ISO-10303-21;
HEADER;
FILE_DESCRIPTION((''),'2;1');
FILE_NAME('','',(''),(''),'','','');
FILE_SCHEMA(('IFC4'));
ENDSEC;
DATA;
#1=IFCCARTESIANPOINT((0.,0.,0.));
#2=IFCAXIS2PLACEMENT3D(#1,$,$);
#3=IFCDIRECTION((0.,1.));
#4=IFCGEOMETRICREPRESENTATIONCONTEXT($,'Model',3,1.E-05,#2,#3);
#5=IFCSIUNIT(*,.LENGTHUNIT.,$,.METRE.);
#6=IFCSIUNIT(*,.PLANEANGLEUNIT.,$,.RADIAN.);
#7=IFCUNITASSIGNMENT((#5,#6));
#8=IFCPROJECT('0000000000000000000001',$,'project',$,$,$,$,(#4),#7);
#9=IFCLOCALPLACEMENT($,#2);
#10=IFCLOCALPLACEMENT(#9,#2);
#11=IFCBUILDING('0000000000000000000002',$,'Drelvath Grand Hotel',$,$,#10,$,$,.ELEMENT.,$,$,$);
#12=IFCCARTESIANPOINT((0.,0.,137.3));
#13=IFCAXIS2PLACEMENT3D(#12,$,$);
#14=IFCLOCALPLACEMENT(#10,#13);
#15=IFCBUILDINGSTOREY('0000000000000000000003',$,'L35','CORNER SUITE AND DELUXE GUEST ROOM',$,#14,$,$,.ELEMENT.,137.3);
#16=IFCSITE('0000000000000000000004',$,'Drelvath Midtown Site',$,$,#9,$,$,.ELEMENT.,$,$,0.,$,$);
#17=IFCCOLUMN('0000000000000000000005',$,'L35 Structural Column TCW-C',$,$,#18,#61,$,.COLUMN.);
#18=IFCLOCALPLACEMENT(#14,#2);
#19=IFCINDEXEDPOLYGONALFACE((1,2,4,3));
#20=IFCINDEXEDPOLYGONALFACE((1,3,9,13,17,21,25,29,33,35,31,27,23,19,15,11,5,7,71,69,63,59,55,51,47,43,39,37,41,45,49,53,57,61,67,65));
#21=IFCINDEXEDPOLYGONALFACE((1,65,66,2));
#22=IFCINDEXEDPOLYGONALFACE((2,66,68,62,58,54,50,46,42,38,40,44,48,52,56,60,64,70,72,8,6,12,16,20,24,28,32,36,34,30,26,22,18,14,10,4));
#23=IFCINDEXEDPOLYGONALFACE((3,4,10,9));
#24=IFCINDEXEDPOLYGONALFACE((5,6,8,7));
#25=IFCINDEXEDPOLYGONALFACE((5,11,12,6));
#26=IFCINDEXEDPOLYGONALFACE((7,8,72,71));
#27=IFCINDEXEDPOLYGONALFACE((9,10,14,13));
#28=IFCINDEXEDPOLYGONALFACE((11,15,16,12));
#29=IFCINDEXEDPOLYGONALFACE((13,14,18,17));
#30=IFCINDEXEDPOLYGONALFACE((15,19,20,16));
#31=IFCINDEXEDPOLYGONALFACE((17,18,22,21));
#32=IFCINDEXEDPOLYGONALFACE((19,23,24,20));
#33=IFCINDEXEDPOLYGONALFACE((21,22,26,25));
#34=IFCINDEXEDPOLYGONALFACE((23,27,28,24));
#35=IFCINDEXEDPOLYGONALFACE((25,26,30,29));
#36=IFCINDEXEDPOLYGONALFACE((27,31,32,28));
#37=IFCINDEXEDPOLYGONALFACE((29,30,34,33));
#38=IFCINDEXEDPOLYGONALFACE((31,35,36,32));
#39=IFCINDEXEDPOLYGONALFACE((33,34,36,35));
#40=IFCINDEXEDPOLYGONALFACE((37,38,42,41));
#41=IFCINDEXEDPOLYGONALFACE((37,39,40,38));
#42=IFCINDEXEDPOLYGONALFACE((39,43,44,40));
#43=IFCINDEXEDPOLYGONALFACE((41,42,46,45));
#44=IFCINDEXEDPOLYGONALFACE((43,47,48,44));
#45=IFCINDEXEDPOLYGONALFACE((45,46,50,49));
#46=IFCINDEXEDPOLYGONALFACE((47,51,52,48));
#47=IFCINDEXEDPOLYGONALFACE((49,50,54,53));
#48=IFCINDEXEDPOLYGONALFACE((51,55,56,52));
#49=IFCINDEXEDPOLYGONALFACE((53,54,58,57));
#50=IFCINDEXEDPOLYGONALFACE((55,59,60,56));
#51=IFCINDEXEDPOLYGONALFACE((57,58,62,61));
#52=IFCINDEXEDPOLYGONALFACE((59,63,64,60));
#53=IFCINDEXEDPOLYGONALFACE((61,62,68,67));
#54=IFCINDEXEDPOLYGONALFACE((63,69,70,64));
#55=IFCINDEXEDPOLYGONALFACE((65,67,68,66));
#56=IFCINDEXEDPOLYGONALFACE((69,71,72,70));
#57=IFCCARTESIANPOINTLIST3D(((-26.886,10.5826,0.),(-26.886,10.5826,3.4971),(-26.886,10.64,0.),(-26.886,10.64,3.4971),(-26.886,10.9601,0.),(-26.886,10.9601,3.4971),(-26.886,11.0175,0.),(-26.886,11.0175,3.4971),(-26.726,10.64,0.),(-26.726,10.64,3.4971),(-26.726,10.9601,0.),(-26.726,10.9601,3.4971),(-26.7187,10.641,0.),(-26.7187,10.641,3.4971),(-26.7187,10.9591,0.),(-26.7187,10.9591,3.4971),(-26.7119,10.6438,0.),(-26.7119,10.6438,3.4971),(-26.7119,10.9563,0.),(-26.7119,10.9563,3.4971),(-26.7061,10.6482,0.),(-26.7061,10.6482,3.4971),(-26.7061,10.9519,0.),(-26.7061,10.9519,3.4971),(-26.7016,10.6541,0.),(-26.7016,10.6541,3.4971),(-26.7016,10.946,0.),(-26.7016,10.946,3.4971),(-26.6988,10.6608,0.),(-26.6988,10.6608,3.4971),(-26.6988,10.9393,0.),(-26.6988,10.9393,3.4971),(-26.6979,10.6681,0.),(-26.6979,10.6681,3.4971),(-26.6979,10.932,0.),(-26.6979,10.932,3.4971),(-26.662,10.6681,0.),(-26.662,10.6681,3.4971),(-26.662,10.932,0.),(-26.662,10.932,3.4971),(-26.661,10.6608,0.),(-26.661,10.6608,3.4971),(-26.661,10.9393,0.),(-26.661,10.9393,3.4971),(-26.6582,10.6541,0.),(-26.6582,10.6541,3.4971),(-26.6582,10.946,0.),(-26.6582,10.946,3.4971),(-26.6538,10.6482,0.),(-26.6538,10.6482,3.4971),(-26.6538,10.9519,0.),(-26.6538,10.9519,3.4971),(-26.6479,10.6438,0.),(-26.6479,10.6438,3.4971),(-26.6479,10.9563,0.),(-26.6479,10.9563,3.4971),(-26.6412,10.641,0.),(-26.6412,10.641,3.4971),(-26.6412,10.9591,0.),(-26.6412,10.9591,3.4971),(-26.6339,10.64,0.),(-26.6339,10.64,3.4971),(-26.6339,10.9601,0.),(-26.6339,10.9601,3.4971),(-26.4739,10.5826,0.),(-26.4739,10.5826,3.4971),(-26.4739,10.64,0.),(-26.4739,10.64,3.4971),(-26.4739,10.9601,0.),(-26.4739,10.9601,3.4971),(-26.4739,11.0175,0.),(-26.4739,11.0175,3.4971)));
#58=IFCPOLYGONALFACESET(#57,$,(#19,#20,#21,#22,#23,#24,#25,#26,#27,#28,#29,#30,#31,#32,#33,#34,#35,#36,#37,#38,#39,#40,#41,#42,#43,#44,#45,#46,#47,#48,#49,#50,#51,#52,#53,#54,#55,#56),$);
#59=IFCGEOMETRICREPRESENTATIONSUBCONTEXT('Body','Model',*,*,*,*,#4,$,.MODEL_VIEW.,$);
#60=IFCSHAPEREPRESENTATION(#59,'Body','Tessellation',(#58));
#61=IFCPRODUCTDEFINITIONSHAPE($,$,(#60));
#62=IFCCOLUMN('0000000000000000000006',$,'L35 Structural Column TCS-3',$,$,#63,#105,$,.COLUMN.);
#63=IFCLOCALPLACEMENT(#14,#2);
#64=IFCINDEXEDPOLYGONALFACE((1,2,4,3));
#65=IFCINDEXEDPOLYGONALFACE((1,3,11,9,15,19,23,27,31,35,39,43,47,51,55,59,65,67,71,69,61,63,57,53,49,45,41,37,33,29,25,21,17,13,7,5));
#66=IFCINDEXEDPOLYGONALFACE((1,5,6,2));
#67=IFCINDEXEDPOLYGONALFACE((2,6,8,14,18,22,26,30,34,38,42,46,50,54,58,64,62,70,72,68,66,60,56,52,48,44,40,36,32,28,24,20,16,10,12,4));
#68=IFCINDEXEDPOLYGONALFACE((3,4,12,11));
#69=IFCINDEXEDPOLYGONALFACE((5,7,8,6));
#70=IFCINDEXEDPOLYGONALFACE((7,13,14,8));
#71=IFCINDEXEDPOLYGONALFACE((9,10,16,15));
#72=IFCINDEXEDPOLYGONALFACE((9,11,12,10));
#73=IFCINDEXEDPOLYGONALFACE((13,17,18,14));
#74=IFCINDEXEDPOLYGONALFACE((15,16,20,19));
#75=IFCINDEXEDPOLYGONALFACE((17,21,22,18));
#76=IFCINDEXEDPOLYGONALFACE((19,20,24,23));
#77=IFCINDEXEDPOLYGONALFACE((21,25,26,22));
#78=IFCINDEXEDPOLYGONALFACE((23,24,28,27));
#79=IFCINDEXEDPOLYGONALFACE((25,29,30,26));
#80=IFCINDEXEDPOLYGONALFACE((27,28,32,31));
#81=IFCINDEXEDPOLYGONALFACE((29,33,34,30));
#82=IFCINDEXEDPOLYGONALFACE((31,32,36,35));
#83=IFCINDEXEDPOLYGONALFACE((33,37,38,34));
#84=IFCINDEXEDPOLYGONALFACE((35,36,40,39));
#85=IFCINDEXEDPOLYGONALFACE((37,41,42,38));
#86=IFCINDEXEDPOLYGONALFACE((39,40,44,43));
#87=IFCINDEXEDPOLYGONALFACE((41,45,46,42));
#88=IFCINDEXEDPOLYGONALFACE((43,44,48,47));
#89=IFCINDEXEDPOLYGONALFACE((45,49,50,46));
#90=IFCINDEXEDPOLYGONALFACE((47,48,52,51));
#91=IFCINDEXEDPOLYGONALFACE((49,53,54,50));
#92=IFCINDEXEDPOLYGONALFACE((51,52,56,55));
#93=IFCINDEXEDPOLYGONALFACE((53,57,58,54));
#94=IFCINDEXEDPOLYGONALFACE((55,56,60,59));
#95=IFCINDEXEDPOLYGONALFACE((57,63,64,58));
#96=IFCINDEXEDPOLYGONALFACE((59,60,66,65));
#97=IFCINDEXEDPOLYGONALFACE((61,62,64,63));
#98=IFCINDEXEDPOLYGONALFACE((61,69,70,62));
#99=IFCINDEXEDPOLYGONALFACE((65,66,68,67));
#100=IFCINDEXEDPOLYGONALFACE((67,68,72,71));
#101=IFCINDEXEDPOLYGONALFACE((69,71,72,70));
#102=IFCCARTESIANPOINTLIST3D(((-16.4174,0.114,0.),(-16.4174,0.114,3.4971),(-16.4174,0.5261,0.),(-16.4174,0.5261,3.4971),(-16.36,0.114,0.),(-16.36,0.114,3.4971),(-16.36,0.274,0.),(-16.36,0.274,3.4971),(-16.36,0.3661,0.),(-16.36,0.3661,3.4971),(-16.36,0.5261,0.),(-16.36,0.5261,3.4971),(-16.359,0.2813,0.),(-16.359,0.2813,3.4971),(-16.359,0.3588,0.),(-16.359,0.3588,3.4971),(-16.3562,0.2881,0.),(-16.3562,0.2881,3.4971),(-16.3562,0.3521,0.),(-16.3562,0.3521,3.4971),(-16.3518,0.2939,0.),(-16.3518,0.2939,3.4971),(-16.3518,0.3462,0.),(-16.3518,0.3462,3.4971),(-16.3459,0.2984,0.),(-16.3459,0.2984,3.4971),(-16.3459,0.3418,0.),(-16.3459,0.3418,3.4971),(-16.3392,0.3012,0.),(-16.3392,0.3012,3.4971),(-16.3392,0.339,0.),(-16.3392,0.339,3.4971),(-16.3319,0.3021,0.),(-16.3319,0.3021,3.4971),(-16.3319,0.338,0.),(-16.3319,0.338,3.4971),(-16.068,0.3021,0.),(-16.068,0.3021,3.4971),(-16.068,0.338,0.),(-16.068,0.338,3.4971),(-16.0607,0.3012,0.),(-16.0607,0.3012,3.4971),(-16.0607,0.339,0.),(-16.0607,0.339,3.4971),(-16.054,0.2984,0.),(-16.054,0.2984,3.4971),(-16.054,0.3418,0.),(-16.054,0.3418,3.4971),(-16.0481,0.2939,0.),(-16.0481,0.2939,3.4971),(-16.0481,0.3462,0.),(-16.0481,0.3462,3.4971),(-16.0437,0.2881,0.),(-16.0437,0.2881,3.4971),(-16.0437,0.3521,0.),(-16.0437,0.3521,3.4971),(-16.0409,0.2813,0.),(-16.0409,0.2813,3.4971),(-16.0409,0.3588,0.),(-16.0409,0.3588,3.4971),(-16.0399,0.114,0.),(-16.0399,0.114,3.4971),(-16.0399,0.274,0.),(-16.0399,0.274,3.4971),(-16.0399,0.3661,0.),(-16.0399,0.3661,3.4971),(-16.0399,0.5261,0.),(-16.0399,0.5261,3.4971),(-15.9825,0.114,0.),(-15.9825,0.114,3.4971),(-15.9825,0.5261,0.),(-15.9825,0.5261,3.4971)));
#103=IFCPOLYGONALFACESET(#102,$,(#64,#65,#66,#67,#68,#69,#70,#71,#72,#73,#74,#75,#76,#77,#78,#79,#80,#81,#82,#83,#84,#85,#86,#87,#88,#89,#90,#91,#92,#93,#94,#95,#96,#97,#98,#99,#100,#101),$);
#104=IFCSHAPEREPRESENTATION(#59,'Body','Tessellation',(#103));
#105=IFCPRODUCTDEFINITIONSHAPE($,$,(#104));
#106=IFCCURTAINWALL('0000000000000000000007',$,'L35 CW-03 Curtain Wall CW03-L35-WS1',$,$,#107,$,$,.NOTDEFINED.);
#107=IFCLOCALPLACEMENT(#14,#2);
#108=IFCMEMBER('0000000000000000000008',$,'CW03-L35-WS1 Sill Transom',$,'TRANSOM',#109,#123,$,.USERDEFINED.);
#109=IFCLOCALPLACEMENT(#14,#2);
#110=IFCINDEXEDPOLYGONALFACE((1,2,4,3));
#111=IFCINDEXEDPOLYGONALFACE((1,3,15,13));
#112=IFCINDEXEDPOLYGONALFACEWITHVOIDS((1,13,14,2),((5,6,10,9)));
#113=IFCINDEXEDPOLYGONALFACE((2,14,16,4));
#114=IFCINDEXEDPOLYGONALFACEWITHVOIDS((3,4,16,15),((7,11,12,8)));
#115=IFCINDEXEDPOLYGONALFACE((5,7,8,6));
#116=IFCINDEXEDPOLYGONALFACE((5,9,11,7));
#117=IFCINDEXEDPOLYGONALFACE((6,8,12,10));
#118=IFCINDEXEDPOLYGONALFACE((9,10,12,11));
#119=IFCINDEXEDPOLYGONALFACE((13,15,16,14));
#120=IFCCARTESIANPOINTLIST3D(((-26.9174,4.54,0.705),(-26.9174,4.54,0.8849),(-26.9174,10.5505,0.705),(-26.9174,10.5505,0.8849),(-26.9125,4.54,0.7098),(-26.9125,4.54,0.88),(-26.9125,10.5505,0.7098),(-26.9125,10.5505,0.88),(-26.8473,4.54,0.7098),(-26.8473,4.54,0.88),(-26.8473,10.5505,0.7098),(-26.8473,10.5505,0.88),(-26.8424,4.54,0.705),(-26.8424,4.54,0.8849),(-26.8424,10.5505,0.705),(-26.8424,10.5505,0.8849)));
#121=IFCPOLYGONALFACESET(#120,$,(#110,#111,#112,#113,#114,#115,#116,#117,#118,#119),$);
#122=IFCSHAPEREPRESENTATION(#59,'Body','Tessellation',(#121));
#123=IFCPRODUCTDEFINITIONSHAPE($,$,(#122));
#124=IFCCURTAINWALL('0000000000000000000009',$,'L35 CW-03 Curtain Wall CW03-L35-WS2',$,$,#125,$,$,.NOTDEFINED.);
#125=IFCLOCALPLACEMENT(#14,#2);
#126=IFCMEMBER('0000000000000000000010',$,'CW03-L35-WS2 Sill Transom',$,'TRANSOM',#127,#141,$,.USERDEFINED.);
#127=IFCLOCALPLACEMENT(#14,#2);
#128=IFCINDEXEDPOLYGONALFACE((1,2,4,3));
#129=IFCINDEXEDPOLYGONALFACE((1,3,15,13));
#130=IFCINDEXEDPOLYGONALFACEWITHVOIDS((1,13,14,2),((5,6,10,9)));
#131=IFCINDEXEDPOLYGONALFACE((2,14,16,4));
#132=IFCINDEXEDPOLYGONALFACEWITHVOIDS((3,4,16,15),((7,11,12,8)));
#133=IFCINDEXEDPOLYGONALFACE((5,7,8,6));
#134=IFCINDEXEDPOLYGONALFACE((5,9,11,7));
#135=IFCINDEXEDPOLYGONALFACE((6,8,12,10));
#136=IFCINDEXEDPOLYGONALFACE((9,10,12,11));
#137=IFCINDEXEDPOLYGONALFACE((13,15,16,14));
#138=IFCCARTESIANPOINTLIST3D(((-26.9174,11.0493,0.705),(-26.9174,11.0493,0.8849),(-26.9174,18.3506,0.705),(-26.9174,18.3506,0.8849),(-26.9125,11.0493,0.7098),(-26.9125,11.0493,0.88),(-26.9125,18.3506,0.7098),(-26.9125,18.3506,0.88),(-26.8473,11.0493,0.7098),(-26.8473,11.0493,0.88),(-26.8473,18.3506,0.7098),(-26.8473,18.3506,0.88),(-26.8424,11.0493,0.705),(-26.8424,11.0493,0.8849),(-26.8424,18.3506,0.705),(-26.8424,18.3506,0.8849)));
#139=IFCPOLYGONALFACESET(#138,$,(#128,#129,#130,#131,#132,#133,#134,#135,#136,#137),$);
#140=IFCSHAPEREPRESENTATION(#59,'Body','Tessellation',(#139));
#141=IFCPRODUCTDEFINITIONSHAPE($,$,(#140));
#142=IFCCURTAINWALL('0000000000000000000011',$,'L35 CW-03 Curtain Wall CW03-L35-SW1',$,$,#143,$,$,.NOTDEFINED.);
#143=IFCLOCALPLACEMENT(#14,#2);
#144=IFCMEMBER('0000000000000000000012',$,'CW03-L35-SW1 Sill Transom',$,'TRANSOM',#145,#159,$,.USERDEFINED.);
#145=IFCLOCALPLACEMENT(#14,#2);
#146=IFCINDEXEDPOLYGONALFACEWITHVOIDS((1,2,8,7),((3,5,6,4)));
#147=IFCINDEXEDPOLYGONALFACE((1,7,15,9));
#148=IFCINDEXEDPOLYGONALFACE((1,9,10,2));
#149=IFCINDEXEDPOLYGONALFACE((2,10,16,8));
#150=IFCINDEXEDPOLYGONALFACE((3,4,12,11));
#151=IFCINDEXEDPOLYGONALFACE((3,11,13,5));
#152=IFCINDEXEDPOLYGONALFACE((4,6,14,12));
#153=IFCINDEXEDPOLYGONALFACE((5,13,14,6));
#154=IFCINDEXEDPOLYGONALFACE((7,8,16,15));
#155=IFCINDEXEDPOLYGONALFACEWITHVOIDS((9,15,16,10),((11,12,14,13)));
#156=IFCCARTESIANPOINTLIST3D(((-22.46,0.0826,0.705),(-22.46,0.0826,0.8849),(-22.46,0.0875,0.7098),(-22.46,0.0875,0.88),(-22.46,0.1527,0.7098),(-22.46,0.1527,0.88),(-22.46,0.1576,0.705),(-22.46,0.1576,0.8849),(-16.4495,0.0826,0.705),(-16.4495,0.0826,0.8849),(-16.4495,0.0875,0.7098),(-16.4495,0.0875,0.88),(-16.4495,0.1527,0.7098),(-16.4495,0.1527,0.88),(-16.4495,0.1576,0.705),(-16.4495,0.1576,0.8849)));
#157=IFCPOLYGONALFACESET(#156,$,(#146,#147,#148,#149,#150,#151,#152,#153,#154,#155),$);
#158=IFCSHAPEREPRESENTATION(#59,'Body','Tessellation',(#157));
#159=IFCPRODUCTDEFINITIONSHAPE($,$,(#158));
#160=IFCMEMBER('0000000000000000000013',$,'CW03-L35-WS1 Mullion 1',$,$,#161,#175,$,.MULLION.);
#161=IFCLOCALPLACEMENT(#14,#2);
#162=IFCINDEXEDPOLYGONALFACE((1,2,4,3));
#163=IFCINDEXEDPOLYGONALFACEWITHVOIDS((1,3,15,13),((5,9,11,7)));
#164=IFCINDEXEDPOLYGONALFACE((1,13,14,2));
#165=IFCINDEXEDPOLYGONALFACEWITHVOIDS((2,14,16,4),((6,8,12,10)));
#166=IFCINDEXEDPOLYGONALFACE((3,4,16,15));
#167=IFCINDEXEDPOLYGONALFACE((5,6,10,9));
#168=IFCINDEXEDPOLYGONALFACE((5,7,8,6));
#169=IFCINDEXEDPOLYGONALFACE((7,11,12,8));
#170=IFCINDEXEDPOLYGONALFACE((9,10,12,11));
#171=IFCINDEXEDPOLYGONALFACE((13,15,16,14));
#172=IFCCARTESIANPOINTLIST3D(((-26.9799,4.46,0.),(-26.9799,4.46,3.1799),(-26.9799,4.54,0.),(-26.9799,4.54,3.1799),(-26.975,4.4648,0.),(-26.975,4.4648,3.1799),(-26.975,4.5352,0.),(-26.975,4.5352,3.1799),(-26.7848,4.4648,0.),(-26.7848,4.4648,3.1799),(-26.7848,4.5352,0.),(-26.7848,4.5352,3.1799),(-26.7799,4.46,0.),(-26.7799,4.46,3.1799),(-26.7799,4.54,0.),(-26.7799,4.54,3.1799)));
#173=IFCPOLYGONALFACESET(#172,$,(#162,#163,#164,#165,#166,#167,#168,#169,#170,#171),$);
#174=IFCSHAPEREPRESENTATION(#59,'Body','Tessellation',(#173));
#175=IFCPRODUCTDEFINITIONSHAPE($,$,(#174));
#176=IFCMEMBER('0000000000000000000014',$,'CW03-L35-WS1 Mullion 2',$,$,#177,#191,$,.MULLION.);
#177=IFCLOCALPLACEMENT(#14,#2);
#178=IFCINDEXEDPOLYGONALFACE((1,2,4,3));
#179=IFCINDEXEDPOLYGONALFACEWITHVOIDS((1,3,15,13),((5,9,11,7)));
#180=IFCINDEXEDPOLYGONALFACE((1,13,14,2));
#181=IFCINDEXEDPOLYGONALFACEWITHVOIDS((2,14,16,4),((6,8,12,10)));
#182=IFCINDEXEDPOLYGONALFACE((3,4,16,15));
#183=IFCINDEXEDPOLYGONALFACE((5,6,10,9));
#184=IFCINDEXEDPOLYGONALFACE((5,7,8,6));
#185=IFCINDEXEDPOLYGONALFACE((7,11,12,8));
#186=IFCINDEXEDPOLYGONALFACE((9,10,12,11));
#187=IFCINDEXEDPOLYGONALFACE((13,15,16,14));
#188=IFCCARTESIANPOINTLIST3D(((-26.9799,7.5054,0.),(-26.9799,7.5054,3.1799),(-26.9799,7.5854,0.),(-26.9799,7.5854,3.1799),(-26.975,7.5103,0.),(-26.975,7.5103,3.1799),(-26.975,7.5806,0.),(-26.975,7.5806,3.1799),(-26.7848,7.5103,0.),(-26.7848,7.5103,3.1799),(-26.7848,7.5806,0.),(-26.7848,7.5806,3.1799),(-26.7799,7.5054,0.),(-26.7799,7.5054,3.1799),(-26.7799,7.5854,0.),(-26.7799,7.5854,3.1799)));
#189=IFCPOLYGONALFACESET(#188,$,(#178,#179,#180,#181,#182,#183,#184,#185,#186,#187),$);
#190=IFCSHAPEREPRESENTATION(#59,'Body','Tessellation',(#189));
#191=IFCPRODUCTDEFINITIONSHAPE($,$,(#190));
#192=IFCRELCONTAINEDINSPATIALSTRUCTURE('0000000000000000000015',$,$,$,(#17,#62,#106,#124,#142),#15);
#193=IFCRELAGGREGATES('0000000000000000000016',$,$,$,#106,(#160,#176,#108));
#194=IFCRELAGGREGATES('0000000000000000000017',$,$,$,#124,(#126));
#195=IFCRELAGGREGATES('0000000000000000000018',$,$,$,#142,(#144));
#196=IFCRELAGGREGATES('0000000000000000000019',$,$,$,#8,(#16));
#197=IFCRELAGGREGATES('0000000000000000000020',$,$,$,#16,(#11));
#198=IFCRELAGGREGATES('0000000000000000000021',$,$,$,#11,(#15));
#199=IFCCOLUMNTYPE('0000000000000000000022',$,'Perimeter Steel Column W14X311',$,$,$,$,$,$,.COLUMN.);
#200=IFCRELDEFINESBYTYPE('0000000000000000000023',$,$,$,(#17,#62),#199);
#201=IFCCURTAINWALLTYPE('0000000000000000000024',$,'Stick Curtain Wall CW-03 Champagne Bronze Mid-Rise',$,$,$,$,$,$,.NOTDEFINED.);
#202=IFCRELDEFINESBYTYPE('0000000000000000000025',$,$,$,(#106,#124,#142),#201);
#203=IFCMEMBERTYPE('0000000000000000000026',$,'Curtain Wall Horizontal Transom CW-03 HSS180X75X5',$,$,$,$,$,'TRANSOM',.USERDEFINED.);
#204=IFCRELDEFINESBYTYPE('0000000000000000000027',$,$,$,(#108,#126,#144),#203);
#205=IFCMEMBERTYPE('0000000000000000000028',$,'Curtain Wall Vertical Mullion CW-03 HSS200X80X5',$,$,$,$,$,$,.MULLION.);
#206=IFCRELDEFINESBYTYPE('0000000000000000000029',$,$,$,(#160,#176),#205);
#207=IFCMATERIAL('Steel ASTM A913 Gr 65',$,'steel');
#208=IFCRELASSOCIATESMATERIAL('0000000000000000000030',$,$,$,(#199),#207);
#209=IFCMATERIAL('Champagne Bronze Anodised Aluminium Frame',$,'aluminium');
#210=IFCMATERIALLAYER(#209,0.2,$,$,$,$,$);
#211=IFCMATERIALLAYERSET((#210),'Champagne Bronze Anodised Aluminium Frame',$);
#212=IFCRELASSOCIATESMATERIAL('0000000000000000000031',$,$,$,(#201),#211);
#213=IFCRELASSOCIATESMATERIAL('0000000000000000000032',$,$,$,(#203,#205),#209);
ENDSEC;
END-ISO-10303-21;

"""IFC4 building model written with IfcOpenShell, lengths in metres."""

from ifc_helpers import new_model, si_unit, direction, frame, origin, origin_2d, place, context, subcontext, project, spatial, hollow_rectangle, i_section, extrude, material, layer, layer_set, material_profile, profile_set, type_object, element, aggregate, save


model = new_model("IFC4")

# Units and contexts
model_context = context("Model", 3, precision=1e-05, world=origin(), true_north=direction((0.0, 1.0)))
body_context = subcontext(model_context, "Body", "Model", "MODEL_VIEW")
ifc_project = project(units=[si_unit("LENGTHUNIT", "METRE"), si_unit("PLANEANGLEUNIT", "RADIAN")], contexts=[model_context])

# Site, building, storey
site_placement = place(None, origin())
site = spatial("IfcSite", under=ifc_project, at=site_placement, Name="Drelvath Midtown Site", CompositionType="ELEMENT", RefElevation=0.0)
building_placement = place(site_placement, origin())
building = spatial("IfcBuilding", under=site, at=building_placement, Name="Drelvath Grand Hotel", CompositionType="ELEMENT")
storey_placement = place(building_placement, frame((0.0, 0.0, 137.3)))
storey = spatial("IfcBuildingStorey", under=building, at=storey_placement, Name="L35", Description="CORNER SUITE AND DELUXE GUEST ROOM", CompositionType="ELEMENT", Elevation=137.3)

# Columns
ifc_material_1 = material(Name="Steel ASTM A913 Gr 65", Category="steel")
ifc_material_profile_1 = material_profile(ifc_material_1, i_section(OverallWidth=0.4121, OverallDepth=0.4348, WebThickness=0.0359, FlangeThickness=0.0574, FilletRadius=0.0281, at=origin_2d()), Name="W14X311")
ifc_profile_set_1 = profile_set([ifc_material_profile_1], Name="Steel ASTM A913 Gr 65")
column_type = type_object("IfcColumnType", Name="Perimeter Steel Column W14X311", PredefinedType="COLUMN", material=ifc_profile_set_1)
for number, where, z_axis, x_axis, name in (
    (1, (-26.6799, 10.8, 0.0), (0.0, 0.0, 1.0), (1.0, 0.0, 0.0), "L35 Structural Column TCW-C"),
    (2, (-16.2, 0.3201, 0.0), (0.0, 0.0, 1.0), (0.0, 1.0, 0.0), "L35 Structural Column TCS-3"),
):
    element("IfcColumn", number, at=place(storey_placement, frame(where, z_axis=z_axis, x_axis=x_axis)), inside=storey, type_object=column_type, Name=name, PredefinedType="COLUMN", context=body_context, shape_type="SweptSolid", body=[
        extrude(i_section(OverallWidth=0.4121, OverallDepth=0.4348, WebThickness=0.0359, FlangeThickness=0.0574, FilletRadius=0.0281, at=origin_2d()), origin(), (0.0, 0.0, 1.0), 3.4971),
    ])

# Curtain walls, members
ifc_material_2 = material(Name="Champagne Bronze Anodised Aluminium Frame", Category="aluminium")
ifc_layer_1 = layer(ifc_material_2, 0.2)
ifc_layer_set_1 = layer_set([ifc_layer_1], Name="Champagne Bronze Anodised Aluminium Frame")
curtain_wall_type = type_object("IfcCurtainWallType", Name="Stick Curtain Wall CW-03 Champagne Bronze Mid-Rise", PredefinedType="NOTDEFINED", material=ifc_layer_set_1)
curtain_wall_1_placement = place(storey_placement, origin())
curtain_wall_1 = element("IfcCurtainWall", 3, at=curtain_wall_1_placement, inside=storey, type_object=curtain_wall_type, Name="L35 CW-03 Curtain Wall CW03-L35-WS1", PredefinedType="NOTDEFINED")
ifc_material_profile_2 = material_profile(ifc_material_2, hollow_rectangle(XDim=0.075, YDim=0.1799, WallThickness=0.0049, at=origin_2d()), Name="HSS180X75X5")
ifc_profile_set_2 = profile_set([ifc_material_profile_2], Name="Champagne Bronze Anodised Aluminium Frame")
member_type_1 = type_object("IfcMemberType", Name="Curtain Wall Horizontal Transom CW-03 HSS180X75X5", ElementType="TRANSOM", PredefinedType="USERDEFINED", material=ifc_profile_set_2)
member_1_placement = place(storey_placement, frame((-26.8799, 4.54, 0.7949), z_axis=(0.0, 1.0, 0.0), x_axis=(-1.0, 0.0, 0.0)))
member_1 = element("IfcMember", 4, at=member_1_placement, type_object=member_type_1, Name="CW03-L35-WS1 Sill Transom", ObjectType="TRANSOM", PredefinedType="USERDEFINED", context=body_context, shape_type="SweptSolid", body=[
    extrude(hollow_rectangle(XDim=0.075, YDim=0.1799, WallThickness=0.0049, at=origin_2d()), origin(), (0.0, 0.0, 1.0), 6.0105),
])
curtain_wall_2_placement = place(storey_placement, origin())
curtain_wall_2 = element("IfcCurtainWall", 5, at=curtain_wall_2_placement, inside=storey, type_object=curtain_wall_type, Name="L35 CW-03 Curtain Wall CW03-L35-WS2", PredefinedType="NOTDEFINED")
member_2_placement = place(storey_placement, frame((-26.8799, 11.0493, 0.7949), z_axis=(0.0, 1.0, 0.0), x_axis=(-1.0, 0.0, 0.0)))
member_2 = element("IfcMember", 6, at=member_2_placement, type_object=member_type_1, Name="CW03-L35-WS2 Sill Transom", ObjectType="TRANSOM", PredefinedType="USERDEFINED", context=body_context, shape_type="SweptSolid", body=[
    extrude(hollow_rectangle(XDim=0.075, YDim=0.1799, WallThickness=0.0049, at=origin_2d()), origin(), (0.0, 0.0, 1.0), 7.3013),
])
curtain_wall_3_placement = place(storey_placement, origin())
curtain_wall_3 = element("IfcCurtainWall", 7, at=curtain_wall_3_placement, inside=storey, type_object=curtain_wall_type, Name="L35 CW-03 Curtain Wall CW03-L35-SW1", PredefinedType="NOTDEFINED")
member_3_placement = place(storey_placement, frame((-16.4495, 0.1201, 0.7949), z_axis=(-1.0, 0.0, 0.0), x_axis=(0.0, -1.0, 0.0)))
member_3 = element("IfcMember", 8, at=member_3_placement, type_object=member_type_1, Name="CW03-L35-SW1 Sill Transom", ObjectType="TRANSOM", PredefinedType="USERDEFINED", context=body_context, shape_type="SweptSolid", body=[
    extrude(hollow_rectangle(XDim=0.075, YDim=0.1799, WallThickness=0.0049, at=origin_2d()), origin(), (0.0, 0.0, 1.0), 6.0105),
])

# Members
ifc_material_profile_3 = material_profile(ifc_material_2, hollow_rectangle(XDim=0.0801, YDim=0.2, WallThickness=0.0049, at=origin_2d()), Name="HSS200X80X5")
ifc_profile_set_3 = profile_set([ifc_material_profile_3], Name="Champagne Bronze Anodised Aluminium Frame")
member_type_2 = type_object("IfcMemberType", Name="Curtain Wall Vertical Mullion CW-03 HSS200X80X5", PredefinedType="MULLION", material=ifc_profile_set_3)
member_4_placement = place(storey_placement, frame((-26.8799, 4.5, 0.0), z_axis=(0.0, 0.0, 1.0), x_axis=(0.0, 1.0, 0.0)))
member_4 = element("IfcMember", 9, at=member_4_placement, type_object=member_type_2, Name="CW03-L35-WS1 Mullion 1", PredefinedType="MULLION", context=body_context, shape_type="SweptSolid", body=[
    extrude(hollow_rectangle(XDim=0.0801, YDim=0.2, WallThickness=0.0049, at=origin_2d()), origin(), (0.0, 0.0, 1.0), 3.1799),
])
member_5_placement = place(storey_placement, frame((-26.8799, 7.5454, 0.0), z_axis=(0.0, 0.0, 1.0), x_axis=(0.0, 1.0, 0.0)))
member_5 = element("IfcMember", 10, at=member_5_placement, type_object=member_type_2, Name="CW03-L35-WS1 Mullion 2", PredefinedType="MULLION", context=body_context, shape_type="SweptSolid", body=[
    extrude(hollow_rectangle(XDim=0.0801, YDim=0.2, WallThickness=0.0049, at=origin_2d()), origin(), (0.0, 0.0, 1.0), 3.1799),
])

aggregate(curtain_wall_1, [member_4, member_5, member_1])
aggregate(curtain_wall_2, [member_2])
aggregate(curtain_wall_3, [member_3])

save(model, "model.ifc")
